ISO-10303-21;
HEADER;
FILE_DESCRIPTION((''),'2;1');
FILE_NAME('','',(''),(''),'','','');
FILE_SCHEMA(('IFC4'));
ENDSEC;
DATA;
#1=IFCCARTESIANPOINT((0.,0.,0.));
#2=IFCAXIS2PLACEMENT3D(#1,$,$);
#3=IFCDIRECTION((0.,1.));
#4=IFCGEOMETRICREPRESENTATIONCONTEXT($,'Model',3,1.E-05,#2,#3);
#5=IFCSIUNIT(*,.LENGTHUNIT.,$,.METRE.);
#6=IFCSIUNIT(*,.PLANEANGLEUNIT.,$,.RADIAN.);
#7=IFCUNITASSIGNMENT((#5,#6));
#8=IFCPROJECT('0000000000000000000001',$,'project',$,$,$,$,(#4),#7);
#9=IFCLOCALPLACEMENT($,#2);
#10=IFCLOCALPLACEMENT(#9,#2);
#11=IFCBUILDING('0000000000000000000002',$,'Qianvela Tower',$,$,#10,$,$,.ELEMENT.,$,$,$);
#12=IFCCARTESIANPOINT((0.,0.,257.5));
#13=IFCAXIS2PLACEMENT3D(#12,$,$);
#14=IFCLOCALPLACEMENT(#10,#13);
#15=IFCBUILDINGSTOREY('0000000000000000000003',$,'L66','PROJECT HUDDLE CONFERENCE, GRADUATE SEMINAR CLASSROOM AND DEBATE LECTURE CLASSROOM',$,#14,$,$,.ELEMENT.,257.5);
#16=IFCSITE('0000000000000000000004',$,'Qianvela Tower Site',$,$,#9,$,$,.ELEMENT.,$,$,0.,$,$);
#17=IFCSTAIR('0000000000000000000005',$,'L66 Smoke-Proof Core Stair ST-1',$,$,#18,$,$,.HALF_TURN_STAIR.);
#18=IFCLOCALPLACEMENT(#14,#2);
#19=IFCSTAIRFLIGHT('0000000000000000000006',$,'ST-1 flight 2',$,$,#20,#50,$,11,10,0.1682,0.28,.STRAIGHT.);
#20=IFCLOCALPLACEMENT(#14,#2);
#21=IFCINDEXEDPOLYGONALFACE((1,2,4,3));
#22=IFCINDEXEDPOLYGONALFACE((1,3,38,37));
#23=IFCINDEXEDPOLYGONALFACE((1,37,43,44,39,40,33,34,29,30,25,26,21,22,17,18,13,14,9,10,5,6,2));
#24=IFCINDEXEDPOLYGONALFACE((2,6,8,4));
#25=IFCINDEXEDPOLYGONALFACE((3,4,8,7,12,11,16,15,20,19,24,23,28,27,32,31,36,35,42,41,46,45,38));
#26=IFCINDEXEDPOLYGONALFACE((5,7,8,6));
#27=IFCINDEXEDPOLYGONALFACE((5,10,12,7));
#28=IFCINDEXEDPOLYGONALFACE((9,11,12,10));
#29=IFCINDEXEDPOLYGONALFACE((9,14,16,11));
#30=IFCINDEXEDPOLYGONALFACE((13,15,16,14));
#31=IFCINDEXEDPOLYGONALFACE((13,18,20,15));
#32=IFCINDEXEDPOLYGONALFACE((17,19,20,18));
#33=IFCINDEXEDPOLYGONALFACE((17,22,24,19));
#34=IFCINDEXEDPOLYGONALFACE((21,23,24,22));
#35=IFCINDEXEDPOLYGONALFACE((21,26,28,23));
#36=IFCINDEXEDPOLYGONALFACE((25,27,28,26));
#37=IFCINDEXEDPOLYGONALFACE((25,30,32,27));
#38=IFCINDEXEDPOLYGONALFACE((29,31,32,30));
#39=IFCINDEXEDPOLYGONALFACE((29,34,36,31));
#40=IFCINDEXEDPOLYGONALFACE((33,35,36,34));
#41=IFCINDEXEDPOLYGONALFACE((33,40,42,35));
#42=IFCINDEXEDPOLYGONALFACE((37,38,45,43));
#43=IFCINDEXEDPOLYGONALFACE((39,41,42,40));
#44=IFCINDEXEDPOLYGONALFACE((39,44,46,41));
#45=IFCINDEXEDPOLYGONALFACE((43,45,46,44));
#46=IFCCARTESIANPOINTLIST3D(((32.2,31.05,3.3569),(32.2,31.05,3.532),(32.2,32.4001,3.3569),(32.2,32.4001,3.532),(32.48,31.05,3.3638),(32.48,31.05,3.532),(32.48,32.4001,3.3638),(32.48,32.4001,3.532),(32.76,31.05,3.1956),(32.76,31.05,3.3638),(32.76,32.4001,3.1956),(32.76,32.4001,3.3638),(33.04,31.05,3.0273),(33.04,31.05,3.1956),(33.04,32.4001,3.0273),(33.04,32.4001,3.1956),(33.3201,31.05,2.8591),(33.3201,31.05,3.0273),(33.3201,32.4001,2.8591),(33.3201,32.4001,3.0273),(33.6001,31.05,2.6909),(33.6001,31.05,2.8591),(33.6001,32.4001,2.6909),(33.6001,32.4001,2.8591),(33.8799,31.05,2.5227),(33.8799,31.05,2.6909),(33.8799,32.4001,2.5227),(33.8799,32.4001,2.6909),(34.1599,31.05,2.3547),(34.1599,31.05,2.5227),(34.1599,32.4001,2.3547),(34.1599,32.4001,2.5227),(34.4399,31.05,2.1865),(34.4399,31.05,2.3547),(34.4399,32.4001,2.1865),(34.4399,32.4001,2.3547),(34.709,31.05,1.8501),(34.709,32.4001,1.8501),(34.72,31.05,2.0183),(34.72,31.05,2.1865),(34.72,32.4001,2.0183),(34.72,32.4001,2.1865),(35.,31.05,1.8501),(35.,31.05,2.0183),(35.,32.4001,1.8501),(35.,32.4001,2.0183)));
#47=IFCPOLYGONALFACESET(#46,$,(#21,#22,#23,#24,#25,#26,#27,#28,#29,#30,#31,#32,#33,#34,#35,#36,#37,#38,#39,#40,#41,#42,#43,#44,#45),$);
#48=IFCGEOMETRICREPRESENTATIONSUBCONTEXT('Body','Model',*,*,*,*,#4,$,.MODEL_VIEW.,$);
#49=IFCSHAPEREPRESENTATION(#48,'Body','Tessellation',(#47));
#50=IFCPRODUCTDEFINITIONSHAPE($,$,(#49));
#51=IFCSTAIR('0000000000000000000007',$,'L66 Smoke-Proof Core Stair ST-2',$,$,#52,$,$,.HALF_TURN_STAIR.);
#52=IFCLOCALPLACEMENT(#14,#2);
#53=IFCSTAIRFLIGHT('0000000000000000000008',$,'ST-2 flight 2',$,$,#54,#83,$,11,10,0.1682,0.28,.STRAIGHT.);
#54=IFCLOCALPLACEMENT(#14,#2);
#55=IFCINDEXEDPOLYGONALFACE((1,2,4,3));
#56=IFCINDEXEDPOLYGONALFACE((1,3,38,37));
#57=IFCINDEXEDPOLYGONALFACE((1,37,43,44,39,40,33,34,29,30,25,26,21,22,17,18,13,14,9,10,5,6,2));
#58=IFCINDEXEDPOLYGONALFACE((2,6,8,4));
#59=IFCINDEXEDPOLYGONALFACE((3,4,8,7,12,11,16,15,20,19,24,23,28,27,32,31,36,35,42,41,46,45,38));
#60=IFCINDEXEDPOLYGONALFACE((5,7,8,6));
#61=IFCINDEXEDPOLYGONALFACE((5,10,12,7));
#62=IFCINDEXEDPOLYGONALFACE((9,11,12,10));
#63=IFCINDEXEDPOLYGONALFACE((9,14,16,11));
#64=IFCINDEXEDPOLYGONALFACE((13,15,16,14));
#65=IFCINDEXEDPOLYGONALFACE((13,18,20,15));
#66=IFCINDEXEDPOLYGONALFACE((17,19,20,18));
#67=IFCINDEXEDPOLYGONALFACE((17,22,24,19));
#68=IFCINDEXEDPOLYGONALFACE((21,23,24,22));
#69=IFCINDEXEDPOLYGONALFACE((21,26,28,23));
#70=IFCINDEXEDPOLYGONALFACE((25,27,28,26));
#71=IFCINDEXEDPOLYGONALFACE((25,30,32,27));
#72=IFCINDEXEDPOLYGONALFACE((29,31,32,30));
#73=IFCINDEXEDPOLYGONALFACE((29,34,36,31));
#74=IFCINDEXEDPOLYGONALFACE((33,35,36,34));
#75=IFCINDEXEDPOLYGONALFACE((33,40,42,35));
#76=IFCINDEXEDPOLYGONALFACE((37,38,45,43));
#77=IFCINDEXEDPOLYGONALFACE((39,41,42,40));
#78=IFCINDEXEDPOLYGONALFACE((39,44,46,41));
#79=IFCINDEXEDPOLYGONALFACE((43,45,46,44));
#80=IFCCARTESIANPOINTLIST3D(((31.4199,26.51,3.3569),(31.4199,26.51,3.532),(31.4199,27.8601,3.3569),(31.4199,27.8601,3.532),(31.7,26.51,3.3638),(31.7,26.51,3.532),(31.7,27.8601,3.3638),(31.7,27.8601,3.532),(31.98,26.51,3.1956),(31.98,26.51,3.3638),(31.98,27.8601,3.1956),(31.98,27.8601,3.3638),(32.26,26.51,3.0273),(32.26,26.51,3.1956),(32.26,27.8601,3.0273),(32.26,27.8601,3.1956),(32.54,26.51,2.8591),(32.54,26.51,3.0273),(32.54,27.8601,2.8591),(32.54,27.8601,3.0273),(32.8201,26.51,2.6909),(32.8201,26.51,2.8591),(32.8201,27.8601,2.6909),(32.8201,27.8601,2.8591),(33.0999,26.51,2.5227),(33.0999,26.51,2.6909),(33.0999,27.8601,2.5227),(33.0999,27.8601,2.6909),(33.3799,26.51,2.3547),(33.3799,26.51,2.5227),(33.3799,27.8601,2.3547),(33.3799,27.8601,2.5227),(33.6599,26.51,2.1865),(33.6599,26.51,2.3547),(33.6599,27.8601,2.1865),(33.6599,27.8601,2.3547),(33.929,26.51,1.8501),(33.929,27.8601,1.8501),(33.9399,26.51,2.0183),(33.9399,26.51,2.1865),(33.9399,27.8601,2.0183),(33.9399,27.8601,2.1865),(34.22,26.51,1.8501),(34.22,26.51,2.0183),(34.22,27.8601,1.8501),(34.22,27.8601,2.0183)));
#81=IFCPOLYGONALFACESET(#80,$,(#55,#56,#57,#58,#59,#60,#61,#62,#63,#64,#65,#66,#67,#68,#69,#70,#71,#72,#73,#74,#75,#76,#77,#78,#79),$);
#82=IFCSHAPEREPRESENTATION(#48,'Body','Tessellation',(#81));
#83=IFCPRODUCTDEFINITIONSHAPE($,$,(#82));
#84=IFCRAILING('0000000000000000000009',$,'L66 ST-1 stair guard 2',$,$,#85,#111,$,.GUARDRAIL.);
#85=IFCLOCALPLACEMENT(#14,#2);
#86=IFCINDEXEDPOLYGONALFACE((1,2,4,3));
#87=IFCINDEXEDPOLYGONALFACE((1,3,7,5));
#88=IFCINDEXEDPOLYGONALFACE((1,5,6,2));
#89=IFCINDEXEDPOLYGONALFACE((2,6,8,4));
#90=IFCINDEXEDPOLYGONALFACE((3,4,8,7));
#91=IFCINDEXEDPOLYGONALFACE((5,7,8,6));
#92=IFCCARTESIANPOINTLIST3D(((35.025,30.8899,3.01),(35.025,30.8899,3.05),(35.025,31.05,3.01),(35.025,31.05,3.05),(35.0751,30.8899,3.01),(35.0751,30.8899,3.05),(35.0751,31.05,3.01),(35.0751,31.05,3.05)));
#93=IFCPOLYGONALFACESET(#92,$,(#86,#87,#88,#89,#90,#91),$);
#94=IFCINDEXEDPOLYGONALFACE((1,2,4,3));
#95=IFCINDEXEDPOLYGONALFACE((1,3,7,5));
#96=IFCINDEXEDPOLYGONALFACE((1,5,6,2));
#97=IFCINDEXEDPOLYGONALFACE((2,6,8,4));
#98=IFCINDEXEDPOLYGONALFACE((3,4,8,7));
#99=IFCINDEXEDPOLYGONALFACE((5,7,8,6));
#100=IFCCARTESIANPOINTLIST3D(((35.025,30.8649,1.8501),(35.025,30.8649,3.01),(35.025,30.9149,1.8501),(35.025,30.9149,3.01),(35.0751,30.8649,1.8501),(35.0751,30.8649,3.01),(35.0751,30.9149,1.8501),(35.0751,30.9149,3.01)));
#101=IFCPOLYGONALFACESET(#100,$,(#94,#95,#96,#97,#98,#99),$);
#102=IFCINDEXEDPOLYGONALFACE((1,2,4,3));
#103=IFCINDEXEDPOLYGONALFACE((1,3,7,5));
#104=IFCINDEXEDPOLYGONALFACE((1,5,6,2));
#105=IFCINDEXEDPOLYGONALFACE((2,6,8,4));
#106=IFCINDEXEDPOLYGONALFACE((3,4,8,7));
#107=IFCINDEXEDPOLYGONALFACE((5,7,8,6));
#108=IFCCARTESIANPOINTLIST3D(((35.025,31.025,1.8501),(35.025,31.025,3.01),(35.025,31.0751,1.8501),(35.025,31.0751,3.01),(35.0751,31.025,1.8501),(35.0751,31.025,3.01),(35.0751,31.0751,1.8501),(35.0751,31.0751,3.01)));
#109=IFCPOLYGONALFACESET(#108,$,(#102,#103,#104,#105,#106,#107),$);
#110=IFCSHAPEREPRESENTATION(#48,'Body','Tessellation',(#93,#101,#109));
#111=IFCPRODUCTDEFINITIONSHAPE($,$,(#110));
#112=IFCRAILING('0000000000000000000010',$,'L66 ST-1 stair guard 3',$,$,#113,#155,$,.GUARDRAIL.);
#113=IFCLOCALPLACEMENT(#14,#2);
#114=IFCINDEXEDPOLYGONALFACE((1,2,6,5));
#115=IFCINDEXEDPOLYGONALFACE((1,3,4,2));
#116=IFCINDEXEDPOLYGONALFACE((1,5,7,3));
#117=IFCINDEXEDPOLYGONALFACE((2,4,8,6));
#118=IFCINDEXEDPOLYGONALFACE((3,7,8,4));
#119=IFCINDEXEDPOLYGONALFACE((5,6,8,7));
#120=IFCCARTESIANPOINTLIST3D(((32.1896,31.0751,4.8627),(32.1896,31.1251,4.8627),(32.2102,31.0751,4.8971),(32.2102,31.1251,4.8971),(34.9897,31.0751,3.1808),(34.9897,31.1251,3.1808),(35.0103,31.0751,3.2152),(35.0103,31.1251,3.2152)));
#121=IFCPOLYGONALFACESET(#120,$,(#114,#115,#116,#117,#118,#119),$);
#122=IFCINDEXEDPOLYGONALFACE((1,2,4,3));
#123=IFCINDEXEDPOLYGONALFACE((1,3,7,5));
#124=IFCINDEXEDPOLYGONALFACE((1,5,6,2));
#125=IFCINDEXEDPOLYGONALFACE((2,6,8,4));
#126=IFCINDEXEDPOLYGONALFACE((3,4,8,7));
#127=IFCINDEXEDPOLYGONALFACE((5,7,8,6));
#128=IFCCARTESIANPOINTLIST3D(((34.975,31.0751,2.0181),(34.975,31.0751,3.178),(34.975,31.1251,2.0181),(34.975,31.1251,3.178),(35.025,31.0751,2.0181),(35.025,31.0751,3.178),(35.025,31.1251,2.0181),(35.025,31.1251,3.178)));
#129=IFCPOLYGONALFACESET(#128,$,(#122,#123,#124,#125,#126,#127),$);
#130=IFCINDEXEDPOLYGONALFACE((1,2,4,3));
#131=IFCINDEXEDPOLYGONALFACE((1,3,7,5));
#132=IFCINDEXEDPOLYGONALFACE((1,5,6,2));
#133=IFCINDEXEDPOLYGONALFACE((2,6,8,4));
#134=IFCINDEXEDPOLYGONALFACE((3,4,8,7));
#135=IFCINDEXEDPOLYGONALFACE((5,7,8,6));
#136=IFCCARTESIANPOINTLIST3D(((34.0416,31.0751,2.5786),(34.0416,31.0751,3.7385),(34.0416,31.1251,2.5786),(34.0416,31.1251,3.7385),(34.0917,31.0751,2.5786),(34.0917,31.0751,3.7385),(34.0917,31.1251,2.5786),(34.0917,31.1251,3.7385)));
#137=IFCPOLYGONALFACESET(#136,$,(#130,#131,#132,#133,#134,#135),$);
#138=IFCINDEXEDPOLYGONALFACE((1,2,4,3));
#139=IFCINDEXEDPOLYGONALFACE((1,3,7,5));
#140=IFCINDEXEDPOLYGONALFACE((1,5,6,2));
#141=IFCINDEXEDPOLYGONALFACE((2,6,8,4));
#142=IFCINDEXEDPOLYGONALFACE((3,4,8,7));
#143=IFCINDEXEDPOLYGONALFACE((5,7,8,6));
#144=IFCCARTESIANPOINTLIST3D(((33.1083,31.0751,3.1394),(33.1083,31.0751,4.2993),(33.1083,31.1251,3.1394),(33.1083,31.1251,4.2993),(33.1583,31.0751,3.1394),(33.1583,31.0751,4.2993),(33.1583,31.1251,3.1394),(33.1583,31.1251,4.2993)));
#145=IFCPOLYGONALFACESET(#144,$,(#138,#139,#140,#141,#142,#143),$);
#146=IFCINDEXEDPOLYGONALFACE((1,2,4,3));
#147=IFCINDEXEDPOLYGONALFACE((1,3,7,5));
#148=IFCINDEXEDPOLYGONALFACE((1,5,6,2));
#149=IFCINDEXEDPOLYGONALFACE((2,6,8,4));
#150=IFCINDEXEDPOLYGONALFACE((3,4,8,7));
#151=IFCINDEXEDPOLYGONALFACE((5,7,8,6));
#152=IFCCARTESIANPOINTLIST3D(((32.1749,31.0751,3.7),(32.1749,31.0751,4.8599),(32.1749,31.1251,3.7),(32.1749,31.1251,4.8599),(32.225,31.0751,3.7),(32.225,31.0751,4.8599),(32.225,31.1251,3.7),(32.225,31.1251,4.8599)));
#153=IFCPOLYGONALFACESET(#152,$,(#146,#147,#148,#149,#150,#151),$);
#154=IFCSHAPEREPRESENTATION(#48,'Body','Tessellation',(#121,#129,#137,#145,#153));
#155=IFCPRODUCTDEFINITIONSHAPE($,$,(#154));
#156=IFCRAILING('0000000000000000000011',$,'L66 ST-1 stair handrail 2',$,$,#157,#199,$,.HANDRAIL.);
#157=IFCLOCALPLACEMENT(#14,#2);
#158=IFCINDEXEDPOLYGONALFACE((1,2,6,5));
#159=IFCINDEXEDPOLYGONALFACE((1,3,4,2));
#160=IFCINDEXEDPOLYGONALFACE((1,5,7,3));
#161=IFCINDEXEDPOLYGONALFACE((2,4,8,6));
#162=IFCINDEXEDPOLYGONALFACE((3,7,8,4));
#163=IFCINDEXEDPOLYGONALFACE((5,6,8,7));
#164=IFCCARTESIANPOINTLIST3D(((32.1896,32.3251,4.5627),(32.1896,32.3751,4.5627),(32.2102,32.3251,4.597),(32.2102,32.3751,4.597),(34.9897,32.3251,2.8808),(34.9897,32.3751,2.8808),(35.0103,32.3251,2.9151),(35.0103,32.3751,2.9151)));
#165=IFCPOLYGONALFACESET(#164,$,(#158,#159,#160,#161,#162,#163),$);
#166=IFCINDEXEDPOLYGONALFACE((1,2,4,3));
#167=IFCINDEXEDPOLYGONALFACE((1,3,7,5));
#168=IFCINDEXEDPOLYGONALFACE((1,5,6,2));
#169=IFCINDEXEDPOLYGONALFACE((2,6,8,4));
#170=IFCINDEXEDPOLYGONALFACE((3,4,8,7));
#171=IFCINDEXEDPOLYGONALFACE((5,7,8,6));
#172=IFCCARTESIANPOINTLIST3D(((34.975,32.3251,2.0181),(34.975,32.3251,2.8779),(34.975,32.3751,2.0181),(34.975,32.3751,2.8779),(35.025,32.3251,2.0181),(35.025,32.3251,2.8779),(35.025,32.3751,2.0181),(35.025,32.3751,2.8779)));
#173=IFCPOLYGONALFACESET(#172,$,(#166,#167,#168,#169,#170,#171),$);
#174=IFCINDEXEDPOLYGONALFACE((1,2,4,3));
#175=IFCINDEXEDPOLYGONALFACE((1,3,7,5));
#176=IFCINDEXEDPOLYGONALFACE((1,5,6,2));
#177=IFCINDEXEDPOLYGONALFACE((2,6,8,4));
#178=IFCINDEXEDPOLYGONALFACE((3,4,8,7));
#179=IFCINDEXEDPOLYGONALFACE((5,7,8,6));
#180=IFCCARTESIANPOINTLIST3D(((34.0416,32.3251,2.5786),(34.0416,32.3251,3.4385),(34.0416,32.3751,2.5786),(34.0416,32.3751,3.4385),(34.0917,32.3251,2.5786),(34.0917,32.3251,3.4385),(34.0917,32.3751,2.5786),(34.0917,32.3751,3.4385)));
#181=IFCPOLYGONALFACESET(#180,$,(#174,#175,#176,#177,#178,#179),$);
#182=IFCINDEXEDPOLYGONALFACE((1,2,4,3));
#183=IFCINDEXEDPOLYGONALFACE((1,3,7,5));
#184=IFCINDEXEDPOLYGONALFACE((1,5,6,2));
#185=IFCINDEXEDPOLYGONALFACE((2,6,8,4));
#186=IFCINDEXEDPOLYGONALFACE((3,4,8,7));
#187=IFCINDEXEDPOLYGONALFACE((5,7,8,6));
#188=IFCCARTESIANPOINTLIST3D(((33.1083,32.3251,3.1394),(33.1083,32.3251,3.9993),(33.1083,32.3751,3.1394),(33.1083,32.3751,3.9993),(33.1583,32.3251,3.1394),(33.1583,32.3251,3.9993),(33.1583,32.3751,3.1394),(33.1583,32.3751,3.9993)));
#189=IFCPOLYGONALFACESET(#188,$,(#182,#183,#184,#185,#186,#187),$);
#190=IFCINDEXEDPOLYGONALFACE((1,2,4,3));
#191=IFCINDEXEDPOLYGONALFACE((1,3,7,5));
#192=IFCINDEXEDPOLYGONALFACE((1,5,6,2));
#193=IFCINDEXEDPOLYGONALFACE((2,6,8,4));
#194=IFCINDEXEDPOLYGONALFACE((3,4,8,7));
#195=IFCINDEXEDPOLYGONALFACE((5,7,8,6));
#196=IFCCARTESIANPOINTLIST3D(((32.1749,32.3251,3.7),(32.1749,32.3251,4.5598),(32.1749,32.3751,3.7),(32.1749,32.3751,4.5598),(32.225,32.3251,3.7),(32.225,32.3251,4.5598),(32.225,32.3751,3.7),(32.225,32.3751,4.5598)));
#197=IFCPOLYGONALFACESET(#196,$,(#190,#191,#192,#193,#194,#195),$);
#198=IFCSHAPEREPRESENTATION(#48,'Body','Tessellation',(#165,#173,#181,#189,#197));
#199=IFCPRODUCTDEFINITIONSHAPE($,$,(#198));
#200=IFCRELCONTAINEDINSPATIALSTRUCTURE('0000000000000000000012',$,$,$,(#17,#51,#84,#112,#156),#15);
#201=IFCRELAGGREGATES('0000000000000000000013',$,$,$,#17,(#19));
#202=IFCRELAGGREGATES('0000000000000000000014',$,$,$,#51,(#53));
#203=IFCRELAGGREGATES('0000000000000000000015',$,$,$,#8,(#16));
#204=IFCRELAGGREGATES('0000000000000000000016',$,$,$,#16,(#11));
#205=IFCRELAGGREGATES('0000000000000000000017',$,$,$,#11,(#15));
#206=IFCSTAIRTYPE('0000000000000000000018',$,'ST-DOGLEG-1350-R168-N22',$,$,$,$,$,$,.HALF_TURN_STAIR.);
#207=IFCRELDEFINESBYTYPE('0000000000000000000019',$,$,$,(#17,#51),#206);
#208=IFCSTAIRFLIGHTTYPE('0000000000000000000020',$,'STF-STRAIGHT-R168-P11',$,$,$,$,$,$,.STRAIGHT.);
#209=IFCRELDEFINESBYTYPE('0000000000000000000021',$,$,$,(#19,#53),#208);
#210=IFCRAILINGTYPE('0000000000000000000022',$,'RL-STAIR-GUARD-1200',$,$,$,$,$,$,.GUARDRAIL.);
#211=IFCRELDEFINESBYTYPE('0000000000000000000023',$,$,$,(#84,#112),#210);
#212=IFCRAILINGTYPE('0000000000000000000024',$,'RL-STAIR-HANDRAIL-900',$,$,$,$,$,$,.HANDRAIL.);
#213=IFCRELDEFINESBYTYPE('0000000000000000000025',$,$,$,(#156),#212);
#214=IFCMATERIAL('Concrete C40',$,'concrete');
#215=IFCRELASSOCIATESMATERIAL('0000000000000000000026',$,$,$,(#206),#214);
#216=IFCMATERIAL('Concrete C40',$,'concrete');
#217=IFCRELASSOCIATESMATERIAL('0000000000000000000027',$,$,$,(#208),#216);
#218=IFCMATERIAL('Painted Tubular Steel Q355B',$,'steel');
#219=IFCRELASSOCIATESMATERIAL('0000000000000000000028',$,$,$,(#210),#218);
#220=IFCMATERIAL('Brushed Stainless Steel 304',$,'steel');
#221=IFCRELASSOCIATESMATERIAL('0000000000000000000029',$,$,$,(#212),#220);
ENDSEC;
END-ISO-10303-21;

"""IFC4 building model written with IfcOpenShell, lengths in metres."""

from ifc_helpers import new_model, si_unit, direction, frame, origin, origin_2d, place, context, subcontext, project, spatial, polyline, rectangle, outline, extrude, material, type_object, element, aggregate, save


model = new_model("IFC4")

# Units and contexts
model_context = context("Model", 3, precision=1e-05, world=origin(), true_north=direction((0.0, 1.0)))
body_context = subcontext(model_context, "Body", "Model", "MODEL_VIEW")
ifc_project = project(units=[si_unit("LENGTHUNIT", "METRE"), si_unit("PLANEANGLEUNIT", "RADIAN")], contexts=[model_context])

# Site, building, storey
site_placement = place(None, origin())
site = spatial("IfcSite", under=ifc_project, at=site_placement, Name="Qianvela Tower Site", CompositionType="ELEMENT", RefElevation=0.0)
building_placement = place(site_placement, origin())
building = spatial("IfcBuilding", under=site, at=building_placement, Name="Qianvela Tower", CompositionType="ELEMENT")
storey_placement = place(building_placement, frame((0.0, 0.0, 257.5)))
storey = spatial("IfcBuildingStorey", under=building, at=storey_placement, Name="L66", Description="PROJECT HUDDLE CONFERENCE, GRADUATE SEMINAR CLASSROOM AND DEBATE LECTURE CLASSROOM", CompositionType="ELEMENT", Elevation=257.5)

# Stairs, stair flights
ifc_material_1 = material(Name="Concrete C40", Category="concrete")
stair_type = type_object("IfcStairType", Name="ST-DOGLEG-1350-R168-N22", PredefinedType="HALF_TURN_STAIR", material=ifc_material_1)
stair_1_placement = place(storey_placement, origin())
stair_1 = element("IfcStair", 1, at=stair_1_placement, inside=storey, type_object=stair_type, Name="L66 Smoke-Proof Core Stair ST-1", PredefinedType="HALF_TURN_STAIR")
ifc_material_2 = material(Name="Concrete C40", Category="concrete")
stair_flight_type = type_object("IfcStairFlightType", Name="STF-STRAIGHT-R168-P11", PredefinedType="STRAIGHT", material=ifc_material_2)
stair_flight_1_placement = place(storey_placement, frame((35.0, 31.7251, 1.8501), z_axis=(0.0, 0.0, 1.0), x_axis=(-1.0, 0.0, 0.0)))
stair_flight_1 = element("IfcStairFlight", 2, at=stair_flight_1_placement, type_object=stair_flight_type, Name="ST-1 flight 2", NumberOfRisers=11, NumberOfTreads=10, PredefinedType="STRAIGHT", RiserHeight=0.1682, TreadLength=0.28, context=body_context, shape_type="SweptSolid", body=[
    extrude(outline(polyline([(0.0, 0.0), (0.0, 0.1682), (0.28, 0.1682), (0.28, 0.3364), (0.5601, 0.3364), (0.5601, 0.5046), (0.8401, 0.5046), (0.8401, 0.6726), (1.1201, 0.6726), (1.1201, 0.8408), (1.3999, 0.8408), (1.3999, 1.009), (1.6799, 1.009), (1.6799, 1.1772), (1.96, 1.1772), (1.96, 1.3455), (2.24, 1.3455), (2.24, 1.5137), (2.52, 1.5137), (2.52, 1.6819), (2.8, 1.6819), (2.8, 1.8501), (2.8, 1.5068), (0.291, 0.0), (0.0, 0.0)])), frame((0.0, 0.675, 0.0), z_axis=(0.0, -1.0, 0.0), x_axis=(1.0, 0.0, 0.0)), (0.0, 0.0, 1.0), 1.3501),
])
aggregate(stair_1, [stair_flight_1])
stair_2_placement = place(storey_placement, origin())
stair_2 = element("IfcStair", 3, at=stair_2_placement, inside=storey, type_object=stair_type, Name="L66 Smoke-Proof Core Stair ST-2", PredefinedType="HALF_TURN_STAIR")
stair_flight_2_placement = place(storey_placement, frame((34.22, 27.1851, 1.8501), z_axis=(0.0, 0.0, 1.0), x_axis=(-1.0, 0.0, 0.0)))
stair_flight_2 = element("IfcStairFlight", 4, at=stair_flight_2_placement, type_object=stair_flight_type, Name="ST-2 flight 2", NumberOfRisers=11, NumberOfTreads=10, PredefinedType="STRAIGHT", RiserHeight=0.1682, TreadLength=0.28, context=body_context, shape_type="SweptSolid", body=[
    extrude(outline(polyline([(0.0, 0.0), (0.0, 0.1682), (0.28, 0.1682), (0.28, 0.3364), (0.5601, 0.3364), (0.5601, 0.5046), (0.8401, 0.5046), (0.8401, 0.6726), (1.1201, 0.6726), (1.1201, 0.8408), (1.3999, 0.8408), (1.3999, 1.009), (1.6799, 1.009), (1.6799, 1.1772), (1.96, 1.1772), (1.96, 1.3455), (2.24, 1.3455), (2.24, 1.5137), (2.52, 1.5137), (2.52, 1.6819), (2.8, 1.6819), (2.8, 1.8501), (2.8, 1.5068), (0.291, 0.0), (0.0, 0.0)])), frame((0.0, 0.675, 0.0), z_axis=(0.0, -1.0, 0.0), x_axis=(1.0, 0.0, 0.0)), (0.0, 0.0, 1.0), 1.3501),
])
aggregate(stair_2, [stair_flight_2])

# Railings
ifc_material_3 = material(Name="Painted Tubular Steel Q355B", Category="steel")
railing_type_1 = type_object("IfcRailingType", Name="RL-STAIR-GUARD-1200", PredefinedType="GUARDRAIL", material=ifc_material_3)
railing_1_placement = place(storey_placement, frame((35.05, 30.8899, 1.8501)))
element("IfcRailing", 5, at=railing_1_placement, inside=storey, type_object=railing_type_1, Name="L66 ST-1 stair guard 2", PredefinedType="GUARDRAIL", context=body_context, shape_type="SweptSolid", body=[
    extrude(rectangle(XDim=0.05, YDim=0.04, at=origin_2d()), frame((0.0, 0.0, 1.1799), z_axis=(0.0, 1.0, 0.0), x_axis=(-1.0, 0.0, 0.0)), (0.0, 0.0, 1.0), 0.1602),
    extrude(rectangle(XDim=0.05, YDim=0.05, at=origin_2d()), origin(), (0.0, 0.0, 1.0), 1.1599),
    extrude(rectangle(XDim=0.05, YDim=0.05, at=origin_2d()), frame((0.0, 0.1602, 0.0)), (0.0, 0.0, 1.0), 1.1599),
])
railing_2_placement = place(storey_placement, frame((35.0, 31.1001, 2.0181)))
element("IfcRailing", 6, at=railing_2_placement, inside=storey, type_object=railing_type_1, Name="L66 ST-1 stair guard 3", PredefinedType="GUARDRAIL", context=body_context, shape_type="SweptSolid", body=[
    extrude(rectangle(XDim=0.05, YDim=0.04, at=origin_2d()), frame((0.0, 0.0, 1.1799), z_axis=(-0.857242, 0.0, 0.514913), x_axis=(0.0, -1.0, 0.0)), (0.0, 0.0, 1.0), 3.2664),
    extrude(rectangle(XDim=0.05, YDim=0.05, at=origin_2d()), origin(), (0.0, 0.0, 1.0), 1.1599),
    extrude(rectangle(XDim=0.05, YDim=0.05, at=origin_2d()), frame((-0.9333, 0.0, 0.5605)), (0.0, 0.0, 1.0), 1.1599),
    extrude(rectangle(XDim=0.05, YDim=0.05, at=origin_2d()), frame((-1.8667, 0.0, 1.1213)), (0.0, 0.0, 1.0), 1.1599),
    extrude(rectangle(XDim=0.05, YDim=0.05, at=origin_2d()), frame((-2.8, 0.0, 1.6819)), (0.0, 0.0, 1.0), 1.1599),
])
ifc_material_4 = material(Name="Brushed Stainless Steel 304", Category="steel")
railing_type_2 = type_object("IfcRailingType", Name="RL-STAIR-HANDRAIL-900", PredefinedType="HANDRAIL", material=ifc_material_4)
for number, where, name in (
    (7, (35.0, 32.3501, 2.0181), "L66 ST-1 stair handrail 2"),
):
    element("IfcRailing", number, at=place(storey_placement, frame(where)), inside=storey, type_object=railing_type_2, Name=name, PredefinedType="HANDRAIL", context=body_context, shape_type="SweptSolid", body=[
        extrude(rectangle(XDim=0.05, YDim=0.04, at=origin_2d()), frame((0.0, 0.0, 0.8799), z_axis=(-0.857242, 0.0, 0.514913), x_axis=(0.0, -1.0, 0.0)), (0.0, 0.0, 1.0), 3.2664),
        extrude(rectangle(XDim=0.05, YDim=0.05, at=origin_2d()), origin(), (0.0, 0.0, 1.0), 0.8599),
        extrude(rectangle(XDim=0.05, YDim=0.05, at=origin_2d()), frame((-0.9333, 0.0, 0.5605)), (0.0, 0.0, 1.0), 0.8599),
        extrude(rectangle(XDim=0.05, YDim=0.05, at=origin_2d()), frame((-1.8667, 0.0, 1.1213)), (0.0, 0.0, 1.0), 0.8599),
        extrude(rectangle(XDim=0.05, YDim=0.05, at=origin_2d()), frame((-2.8, 0.0, 1.6819)), (0.0, 0.0, 1.0), 0.8599),
    ])

save(model, "model.ifc")
